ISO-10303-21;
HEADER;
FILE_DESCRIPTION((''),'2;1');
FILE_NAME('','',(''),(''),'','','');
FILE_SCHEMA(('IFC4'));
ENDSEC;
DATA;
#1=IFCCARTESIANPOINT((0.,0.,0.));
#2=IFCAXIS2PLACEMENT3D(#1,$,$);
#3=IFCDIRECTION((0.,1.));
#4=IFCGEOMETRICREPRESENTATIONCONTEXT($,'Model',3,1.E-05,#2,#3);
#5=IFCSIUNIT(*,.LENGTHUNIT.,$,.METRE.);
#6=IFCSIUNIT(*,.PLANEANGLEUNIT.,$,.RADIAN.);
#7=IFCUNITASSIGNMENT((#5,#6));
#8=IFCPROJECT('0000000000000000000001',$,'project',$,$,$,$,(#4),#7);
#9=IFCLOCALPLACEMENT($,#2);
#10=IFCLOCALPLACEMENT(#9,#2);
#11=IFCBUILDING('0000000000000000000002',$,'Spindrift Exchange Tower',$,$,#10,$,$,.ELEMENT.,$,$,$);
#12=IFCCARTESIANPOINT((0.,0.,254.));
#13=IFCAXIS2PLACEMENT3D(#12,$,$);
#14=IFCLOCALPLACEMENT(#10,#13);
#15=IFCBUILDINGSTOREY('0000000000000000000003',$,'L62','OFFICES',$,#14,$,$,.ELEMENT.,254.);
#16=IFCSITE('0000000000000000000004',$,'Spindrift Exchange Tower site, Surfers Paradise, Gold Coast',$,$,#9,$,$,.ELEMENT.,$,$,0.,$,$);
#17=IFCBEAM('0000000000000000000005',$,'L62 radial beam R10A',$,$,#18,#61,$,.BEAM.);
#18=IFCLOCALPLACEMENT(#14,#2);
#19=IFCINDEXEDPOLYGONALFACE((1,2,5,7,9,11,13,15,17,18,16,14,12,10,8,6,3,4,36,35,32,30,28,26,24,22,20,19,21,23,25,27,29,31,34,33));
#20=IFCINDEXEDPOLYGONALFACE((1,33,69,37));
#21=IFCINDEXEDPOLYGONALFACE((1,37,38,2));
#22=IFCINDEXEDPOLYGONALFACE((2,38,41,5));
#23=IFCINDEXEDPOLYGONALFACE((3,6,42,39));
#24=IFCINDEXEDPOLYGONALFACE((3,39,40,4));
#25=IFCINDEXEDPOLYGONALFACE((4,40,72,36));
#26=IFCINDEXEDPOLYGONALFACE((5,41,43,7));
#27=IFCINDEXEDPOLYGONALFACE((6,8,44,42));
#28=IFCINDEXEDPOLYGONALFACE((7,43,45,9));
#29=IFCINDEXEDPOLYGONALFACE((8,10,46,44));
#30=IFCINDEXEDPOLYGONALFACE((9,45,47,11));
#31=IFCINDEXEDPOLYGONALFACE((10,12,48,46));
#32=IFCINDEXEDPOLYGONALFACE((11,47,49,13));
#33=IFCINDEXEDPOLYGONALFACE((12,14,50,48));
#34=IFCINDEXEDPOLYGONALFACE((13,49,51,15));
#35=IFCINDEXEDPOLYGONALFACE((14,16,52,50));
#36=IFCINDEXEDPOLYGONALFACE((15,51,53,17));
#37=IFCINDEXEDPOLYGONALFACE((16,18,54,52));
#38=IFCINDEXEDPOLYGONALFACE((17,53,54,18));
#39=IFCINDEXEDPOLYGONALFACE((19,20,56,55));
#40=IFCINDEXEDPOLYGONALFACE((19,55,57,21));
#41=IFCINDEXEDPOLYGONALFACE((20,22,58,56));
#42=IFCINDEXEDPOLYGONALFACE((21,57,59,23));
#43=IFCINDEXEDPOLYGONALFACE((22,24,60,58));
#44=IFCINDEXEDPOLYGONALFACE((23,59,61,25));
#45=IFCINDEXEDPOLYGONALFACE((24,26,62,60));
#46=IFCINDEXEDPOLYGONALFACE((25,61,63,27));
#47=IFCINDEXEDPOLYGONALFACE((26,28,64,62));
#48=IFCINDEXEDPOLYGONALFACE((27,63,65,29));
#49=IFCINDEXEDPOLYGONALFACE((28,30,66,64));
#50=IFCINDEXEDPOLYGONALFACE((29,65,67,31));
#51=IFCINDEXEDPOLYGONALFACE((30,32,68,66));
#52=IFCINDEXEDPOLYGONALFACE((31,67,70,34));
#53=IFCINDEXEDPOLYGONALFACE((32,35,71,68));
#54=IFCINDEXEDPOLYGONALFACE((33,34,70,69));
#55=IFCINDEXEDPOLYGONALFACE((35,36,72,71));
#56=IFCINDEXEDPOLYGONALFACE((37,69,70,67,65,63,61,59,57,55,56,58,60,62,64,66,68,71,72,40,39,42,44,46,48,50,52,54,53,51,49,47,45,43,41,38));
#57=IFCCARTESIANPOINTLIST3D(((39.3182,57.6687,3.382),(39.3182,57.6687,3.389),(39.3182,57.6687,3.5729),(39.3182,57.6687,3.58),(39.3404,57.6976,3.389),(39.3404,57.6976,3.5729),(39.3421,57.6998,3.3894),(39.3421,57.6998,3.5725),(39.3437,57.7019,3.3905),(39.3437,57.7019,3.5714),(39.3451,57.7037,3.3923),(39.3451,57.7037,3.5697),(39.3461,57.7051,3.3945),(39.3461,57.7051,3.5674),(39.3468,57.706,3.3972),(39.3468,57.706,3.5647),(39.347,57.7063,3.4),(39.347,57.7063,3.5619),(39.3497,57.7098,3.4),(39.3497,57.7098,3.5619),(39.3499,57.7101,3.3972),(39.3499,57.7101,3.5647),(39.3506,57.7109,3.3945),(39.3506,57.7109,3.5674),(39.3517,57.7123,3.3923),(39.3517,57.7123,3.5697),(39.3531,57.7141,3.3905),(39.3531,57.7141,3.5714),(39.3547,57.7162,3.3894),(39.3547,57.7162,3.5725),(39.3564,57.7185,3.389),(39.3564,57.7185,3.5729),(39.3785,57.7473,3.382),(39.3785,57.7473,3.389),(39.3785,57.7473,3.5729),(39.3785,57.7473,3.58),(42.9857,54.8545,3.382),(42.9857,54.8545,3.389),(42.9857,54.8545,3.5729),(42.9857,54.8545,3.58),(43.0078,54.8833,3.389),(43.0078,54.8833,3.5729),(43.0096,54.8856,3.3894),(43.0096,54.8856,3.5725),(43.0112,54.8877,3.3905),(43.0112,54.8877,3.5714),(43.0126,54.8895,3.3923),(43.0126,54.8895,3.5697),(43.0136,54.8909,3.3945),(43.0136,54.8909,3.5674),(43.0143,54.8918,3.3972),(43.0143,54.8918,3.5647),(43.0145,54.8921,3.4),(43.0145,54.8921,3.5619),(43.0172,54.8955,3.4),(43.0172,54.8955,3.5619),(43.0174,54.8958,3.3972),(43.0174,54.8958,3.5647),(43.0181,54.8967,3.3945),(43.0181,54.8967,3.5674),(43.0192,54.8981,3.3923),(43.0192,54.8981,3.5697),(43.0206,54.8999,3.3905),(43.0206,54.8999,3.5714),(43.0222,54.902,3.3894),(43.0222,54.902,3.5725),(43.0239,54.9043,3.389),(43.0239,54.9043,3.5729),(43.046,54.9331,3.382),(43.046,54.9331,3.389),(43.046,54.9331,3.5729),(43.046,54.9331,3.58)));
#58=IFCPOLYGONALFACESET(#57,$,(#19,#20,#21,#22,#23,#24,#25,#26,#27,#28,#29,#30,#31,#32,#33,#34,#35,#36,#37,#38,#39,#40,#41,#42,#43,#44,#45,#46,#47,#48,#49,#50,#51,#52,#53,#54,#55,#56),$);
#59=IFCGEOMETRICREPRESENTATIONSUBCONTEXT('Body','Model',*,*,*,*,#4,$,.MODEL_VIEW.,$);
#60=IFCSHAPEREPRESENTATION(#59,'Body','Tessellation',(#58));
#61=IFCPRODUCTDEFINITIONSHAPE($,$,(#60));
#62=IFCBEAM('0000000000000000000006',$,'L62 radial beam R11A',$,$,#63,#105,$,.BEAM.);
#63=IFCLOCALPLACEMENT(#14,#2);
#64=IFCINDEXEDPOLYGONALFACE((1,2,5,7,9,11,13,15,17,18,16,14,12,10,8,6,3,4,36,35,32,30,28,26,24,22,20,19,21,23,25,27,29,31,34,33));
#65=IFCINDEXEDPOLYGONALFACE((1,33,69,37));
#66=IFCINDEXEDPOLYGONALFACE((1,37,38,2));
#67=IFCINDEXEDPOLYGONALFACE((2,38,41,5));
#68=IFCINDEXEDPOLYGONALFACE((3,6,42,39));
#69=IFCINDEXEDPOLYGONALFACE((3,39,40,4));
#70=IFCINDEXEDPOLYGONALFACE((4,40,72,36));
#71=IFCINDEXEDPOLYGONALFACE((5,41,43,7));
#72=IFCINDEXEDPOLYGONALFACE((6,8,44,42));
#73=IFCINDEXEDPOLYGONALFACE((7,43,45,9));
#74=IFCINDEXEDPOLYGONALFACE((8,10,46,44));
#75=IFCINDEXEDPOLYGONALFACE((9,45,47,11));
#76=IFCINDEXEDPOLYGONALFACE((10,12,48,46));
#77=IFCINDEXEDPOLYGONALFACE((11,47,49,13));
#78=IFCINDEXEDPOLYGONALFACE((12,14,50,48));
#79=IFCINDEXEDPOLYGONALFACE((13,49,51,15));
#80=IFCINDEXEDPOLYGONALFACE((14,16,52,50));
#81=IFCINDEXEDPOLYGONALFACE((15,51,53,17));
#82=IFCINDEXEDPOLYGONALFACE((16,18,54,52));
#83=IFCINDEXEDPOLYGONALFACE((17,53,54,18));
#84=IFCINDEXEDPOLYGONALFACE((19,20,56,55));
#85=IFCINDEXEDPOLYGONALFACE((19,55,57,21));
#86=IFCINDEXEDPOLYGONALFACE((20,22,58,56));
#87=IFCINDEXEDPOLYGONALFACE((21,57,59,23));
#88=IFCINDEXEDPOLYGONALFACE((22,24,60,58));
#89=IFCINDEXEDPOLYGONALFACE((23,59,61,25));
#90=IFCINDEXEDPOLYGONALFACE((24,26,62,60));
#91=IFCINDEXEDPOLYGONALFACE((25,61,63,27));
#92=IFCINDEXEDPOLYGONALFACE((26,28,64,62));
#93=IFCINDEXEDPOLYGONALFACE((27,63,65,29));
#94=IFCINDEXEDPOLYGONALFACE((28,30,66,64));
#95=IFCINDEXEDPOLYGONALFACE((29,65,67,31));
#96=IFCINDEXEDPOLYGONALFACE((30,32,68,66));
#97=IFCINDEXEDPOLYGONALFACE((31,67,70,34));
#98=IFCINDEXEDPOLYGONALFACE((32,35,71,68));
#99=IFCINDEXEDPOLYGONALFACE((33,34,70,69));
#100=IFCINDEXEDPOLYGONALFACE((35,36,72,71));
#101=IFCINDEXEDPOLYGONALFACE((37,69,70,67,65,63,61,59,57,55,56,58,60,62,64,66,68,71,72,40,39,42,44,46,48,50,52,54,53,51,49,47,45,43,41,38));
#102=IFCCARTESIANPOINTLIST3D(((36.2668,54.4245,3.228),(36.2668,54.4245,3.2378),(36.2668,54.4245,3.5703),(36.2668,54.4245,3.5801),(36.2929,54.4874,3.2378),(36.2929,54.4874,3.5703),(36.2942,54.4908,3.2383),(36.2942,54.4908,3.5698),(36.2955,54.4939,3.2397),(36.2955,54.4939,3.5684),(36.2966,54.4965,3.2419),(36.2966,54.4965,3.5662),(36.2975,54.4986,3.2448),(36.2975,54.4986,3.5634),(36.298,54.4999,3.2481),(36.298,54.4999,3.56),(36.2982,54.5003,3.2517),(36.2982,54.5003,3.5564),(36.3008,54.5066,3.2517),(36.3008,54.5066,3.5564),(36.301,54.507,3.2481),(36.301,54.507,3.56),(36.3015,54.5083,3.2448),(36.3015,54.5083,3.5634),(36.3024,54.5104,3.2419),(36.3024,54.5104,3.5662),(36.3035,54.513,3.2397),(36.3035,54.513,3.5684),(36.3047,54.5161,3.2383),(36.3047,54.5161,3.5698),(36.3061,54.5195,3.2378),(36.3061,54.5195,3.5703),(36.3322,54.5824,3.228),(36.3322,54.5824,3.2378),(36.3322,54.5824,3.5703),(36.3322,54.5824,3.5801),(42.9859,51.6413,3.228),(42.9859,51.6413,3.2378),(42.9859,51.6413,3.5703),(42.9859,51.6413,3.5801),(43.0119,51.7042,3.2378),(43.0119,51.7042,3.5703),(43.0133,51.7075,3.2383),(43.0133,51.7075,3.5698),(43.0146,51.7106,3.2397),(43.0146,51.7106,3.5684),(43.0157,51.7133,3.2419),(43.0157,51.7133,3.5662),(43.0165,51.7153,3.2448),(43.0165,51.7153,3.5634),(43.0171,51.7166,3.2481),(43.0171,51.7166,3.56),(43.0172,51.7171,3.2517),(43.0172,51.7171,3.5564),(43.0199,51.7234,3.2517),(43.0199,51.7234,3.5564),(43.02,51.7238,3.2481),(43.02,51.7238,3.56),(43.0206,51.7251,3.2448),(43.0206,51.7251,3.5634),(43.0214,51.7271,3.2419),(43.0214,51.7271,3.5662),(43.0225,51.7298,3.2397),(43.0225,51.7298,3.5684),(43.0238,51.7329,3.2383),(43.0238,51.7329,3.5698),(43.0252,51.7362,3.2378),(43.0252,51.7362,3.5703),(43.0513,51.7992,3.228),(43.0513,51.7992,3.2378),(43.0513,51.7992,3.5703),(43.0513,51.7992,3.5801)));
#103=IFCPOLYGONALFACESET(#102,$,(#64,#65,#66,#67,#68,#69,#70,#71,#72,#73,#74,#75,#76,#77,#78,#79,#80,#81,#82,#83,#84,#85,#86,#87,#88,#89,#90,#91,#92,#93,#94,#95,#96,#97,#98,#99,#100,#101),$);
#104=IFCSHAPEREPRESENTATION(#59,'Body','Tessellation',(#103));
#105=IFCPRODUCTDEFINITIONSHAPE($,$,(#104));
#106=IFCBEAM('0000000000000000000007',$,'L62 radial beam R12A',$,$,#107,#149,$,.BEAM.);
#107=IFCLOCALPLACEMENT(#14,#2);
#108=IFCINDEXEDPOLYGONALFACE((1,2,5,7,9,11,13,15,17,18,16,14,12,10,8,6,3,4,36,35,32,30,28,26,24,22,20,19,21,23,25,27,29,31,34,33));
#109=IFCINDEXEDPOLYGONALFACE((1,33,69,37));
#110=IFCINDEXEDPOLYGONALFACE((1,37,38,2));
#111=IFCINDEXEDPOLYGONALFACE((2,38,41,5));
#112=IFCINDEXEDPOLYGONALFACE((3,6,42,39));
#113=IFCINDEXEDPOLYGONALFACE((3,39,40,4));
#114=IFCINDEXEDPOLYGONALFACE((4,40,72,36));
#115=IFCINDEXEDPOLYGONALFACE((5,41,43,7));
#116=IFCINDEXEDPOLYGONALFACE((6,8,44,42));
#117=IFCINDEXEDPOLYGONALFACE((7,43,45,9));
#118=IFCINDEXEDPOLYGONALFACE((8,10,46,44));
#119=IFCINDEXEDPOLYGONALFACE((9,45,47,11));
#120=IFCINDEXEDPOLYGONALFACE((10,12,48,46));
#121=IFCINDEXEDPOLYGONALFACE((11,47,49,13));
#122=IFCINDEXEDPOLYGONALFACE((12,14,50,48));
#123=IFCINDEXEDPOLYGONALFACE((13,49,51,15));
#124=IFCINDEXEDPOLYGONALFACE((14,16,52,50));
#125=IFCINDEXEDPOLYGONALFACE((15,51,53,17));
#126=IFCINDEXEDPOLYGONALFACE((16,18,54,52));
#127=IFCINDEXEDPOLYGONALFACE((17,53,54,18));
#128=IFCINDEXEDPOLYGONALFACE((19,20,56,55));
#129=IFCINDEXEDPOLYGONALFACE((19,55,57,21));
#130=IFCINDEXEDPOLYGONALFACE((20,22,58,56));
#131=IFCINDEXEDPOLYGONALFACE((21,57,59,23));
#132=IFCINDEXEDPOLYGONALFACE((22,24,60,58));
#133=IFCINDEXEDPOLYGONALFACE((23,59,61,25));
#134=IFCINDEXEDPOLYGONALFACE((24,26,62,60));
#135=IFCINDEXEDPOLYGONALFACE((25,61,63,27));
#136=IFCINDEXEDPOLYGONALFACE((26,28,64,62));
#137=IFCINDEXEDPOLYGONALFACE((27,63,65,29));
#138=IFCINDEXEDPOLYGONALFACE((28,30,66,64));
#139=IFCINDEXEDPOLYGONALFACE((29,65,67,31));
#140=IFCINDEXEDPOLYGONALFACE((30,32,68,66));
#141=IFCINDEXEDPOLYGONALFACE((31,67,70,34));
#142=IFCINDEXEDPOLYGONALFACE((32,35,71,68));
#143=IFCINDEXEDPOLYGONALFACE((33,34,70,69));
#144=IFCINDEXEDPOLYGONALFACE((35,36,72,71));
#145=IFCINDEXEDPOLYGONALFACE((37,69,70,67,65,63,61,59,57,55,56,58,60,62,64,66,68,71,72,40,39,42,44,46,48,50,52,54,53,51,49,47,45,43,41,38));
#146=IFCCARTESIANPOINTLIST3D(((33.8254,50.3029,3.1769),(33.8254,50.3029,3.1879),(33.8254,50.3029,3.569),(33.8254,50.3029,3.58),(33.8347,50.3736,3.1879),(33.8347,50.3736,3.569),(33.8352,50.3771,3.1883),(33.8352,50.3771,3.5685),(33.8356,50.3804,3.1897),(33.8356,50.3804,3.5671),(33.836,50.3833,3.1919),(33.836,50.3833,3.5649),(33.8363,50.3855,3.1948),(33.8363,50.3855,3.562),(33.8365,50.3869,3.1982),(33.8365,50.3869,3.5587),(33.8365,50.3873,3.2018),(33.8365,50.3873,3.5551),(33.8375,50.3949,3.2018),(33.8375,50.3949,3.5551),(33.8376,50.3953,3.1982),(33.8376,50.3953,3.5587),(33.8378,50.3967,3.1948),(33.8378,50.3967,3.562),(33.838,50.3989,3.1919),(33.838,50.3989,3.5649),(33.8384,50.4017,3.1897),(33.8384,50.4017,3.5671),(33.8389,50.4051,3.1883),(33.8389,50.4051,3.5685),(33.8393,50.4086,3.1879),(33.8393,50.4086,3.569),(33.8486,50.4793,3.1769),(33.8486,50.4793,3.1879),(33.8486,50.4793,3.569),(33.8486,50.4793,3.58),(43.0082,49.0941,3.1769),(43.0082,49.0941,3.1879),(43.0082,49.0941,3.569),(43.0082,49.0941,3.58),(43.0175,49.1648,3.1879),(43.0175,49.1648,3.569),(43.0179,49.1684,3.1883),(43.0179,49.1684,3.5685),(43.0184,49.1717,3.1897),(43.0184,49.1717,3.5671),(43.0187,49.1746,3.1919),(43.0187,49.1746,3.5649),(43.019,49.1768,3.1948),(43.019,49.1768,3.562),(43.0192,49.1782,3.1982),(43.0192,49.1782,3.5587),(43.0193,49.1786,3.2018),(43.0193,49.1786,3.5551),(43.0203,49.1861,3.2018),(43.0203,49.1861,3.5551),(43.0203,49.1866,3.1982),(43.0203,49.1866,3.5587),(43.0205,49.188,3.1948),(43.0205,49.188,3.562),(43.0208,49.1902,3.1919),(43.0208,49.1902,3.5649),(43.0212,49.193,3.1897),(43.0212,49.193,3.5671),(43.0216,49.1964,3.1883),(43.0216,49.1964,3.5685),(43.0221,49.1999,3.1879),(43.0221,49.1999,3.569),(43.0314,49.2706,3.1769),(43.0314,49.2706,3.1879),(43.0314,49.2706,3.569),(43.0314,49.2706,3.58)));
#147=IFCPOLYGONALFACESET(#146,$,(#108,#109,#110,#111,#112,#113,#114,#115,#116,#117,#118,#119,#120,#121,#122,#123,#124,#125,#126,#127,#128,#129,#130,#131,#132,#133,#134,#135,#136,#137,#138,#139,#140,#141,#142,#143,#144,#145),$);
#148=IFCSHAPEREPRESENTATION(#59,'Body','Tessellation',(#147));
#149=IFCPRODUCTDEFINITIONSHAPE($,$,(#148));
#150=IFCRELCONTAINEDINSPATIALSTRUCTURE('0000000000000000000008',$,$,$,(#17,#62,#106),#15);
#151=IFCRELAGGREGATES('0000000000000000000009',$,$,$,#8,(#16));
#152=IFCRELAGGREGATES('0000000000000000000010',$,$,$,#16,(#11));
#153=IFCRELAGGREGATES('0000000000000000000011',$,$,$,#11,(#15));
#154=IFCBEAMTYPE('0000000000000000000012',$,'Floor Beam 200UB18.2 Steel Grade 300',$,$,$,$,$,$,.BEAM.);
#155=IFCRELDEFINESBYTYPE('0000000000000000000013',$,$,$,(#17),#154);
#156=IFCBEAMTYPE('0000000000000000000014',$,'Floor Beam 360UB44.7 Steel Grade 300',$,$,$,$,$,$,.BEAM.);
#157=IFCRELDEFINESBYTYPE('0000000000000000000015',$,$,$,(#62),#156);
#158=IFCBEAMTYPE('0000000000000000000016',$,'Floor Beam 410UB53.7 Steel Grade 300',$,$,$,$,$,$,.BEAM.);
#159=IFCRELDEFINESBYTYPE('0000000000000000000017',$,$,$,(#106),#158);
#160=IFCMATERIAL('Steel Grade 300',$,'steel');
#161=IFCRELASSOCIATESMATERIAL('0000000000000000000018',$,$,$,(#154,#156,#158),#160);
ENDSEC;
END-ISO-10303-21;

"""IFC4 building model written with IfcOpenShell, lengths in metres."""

from ifc_helpers import new_model, si_unit, direction, frame, origin, origin_2d, place, context, subcontext, project, spatial, i_section, extrude, source, transform, mapped, material, material_profile, profile_set, type_object, element, save


model = new_model("IFC4")

# Units and contexts
model_context = context("Model", 3, precision=1e-05, world=origin(), true_north=direction((0.0, 1.0)))
body_context = subcontext(model_context, "Body", "Model", "MODEL_VIEW")
ifc_project = project(units=[si_unit("LENGTHUNIT", "METRE"), si_unit("PLANEANGLEUNIT", "RADIAN")], contexts=[model_context])

# Site, building, storey
site_placement = place(None, origin())
site = spatial("IfcSite", under=ifc_project, at=site_placement, Name="Spindrift Exchange Tower site, Surfers Paradise, Gold Coast", CompositionType="ELEMENT", RefElevation=0.0)
building_placement = place(site_placement, origin())
building = spatial("IfcBuilding", under=site, at=building_placement, Name="Spindrift Exchange Tower", CompositionType="ELEMENT")
storey_placement = place(building_placement, frame((0.0, 0.0, 254.0)))
storey = spatial("IfcBuildingStorey", under=building, at=storey_placement, Name="L62", Description="OFFICES", CompositionType="ELEMENT", Elevation=254.0)

# Beams
ifc_material_1 = material(Name="Steel Grade 300", Category="steel")
ifc_material_profile_1 = material_profile(ifc_material_1, i_section(OverallWidth=0.0991, OverallDepth=0.198, WebThickness=0.0044, FlangeThickness=0.0071, FilletRadius=0.011, at=origin_2d()), Name="200UB18.2")
ifc_profile_set_1 = profile_set([ifc_material_profile_1], Name="Steel Grade 300")
beam_type_1 = type_object("IfcBeamType", Name="Floor Beam 200UB18.2 Steel Grade 300", PredefinedType="BEAM", material=ifc_profile_set_1)
shared_shape_1 = source(origin(), body_context, "Body", "SweptSolid", [
    extrude(i_section(OverallWidth=0.0991, OverallDepth=0.198, WebThickness=0.0044, FlangeThickness=0.0071, FilletRadius=0.011, at=origin_2d()), origin(), (0.0, 0.0, 1.0), 4.6228),
])
beam_1_placement = place(storey_placement, frame((43.0159, 54.8938, 3.481), z_axis=(-0.793348, 0.608769, 0.0), x_axis=(-0.608769, -0.793348, 0.0)))
element("IfcBeam", 1, at=beam_1_placement, inside=storey, type_object=beam_type_1, Name="L62 radial beam R10A", PredefinedType="BEAM", context=body_context, shape_type="MappedRepresentation", body=[
    mapped(shared_shape_1, transform((0.0, 0.0, 0.0), scale=1.0)),
])
ifc_material_profile_2 = material_profile(ifc_material_1, i_section(OverallWidth=0.1709, OverallDepth=0.3521, WebThickness=0.0068, FlangeThickness=0.0098, FilletRadius=0.0139, at=origin_2d()), Name="360UB44.7")
ifc_profile_set_2 = profile_set([ifc_material_profile_2], Name="Steel Grade 300")
beam_type_2 = type_object("IfcBeamType", Name="Floor Beam 360UB44.7 Steel Grade 300", PredefinedType="BEAM", material=ifc_profile_set_2)
shared_shape_2 = source(origin(), body_context, "Body", "SweptSolid", [
    extrude(i_section(OverallWidth=0.1709, OverallDepth=0.3521, WebThickness=0.0068, FlangeThickness=0.0098, FilletRadius=0.0139, at=origin_2d()), origin(), (0.0, 0.0, 1.0), 7.2727),
])
beam_2_placement = place(storey_placement, frame((43.0186, 51.7202, 3.4041), z_axis=(-0.923874, 0.382696, 0.0), x_axis=(-0.382696, -0.923874, 0.0)))
element("IfcBeam", 2, at=beam_2_placement, inside=storey, type_object=beam_type_2, Name="L62 radial beam R11A", PredefinedType="BEAM", context=body_context, shape_type="MappedRepresentation", body=[
    mapped(shared_shape_2, transform((0.0, 0.0, 0.0), scale=1.0)),
])
ifc_material_profile_3 = material_profile(ifc_material_1, i_section(OverallWidth=0.178, OverallDepth=0.4031, WebThickness=0.0076, FlangeThickness=0.011, FilletRadius=0.0139, at=origin_2d()), Name="410UB53.7")
ifc_profile_set_3 = profile_set([ifc_material_profile_3], Name="Steel Grade 300")
beam_type_3 = type_object("IfcBeamType", Name="Floor Beam 410UB53.7 Steel Grade 300", PredefinedType="BEAM", material=ifc_profile_set_3)
shared_shape_3 = source(origin(), body_context, "Body", "SweptSolid", [
    extrude(i_section(OverallWidth=0.178, OverallDepth=0.4031, WebThickness=0.0076, FlangeThickness=0.011, FilletRadius=0.0139, at=origin_2d()), origin(), (0.0, 0.0, 1.0), 9.262),
])
beam_3_placement = place(storey_placement, frame((43.0198, 49.1824, 3.3784), z_axis=(-0.991448, 0.130504, 0.0), x_axis=(-0.130504, -0.991448, 0.0)))
element("IfcBeam", 3, at=beam_3_placement, inside=storey, type_object=beam_type_3, Name="L62 radial beam R12A", PredefinedType="BEAM", context=body_context, shape_type="MappedRepresentation", body=[
    mapped(shared_shape_3, transform((0.0, 0.0, 0.0), scale=1.0)),
])

save(model, "model.ifc")
